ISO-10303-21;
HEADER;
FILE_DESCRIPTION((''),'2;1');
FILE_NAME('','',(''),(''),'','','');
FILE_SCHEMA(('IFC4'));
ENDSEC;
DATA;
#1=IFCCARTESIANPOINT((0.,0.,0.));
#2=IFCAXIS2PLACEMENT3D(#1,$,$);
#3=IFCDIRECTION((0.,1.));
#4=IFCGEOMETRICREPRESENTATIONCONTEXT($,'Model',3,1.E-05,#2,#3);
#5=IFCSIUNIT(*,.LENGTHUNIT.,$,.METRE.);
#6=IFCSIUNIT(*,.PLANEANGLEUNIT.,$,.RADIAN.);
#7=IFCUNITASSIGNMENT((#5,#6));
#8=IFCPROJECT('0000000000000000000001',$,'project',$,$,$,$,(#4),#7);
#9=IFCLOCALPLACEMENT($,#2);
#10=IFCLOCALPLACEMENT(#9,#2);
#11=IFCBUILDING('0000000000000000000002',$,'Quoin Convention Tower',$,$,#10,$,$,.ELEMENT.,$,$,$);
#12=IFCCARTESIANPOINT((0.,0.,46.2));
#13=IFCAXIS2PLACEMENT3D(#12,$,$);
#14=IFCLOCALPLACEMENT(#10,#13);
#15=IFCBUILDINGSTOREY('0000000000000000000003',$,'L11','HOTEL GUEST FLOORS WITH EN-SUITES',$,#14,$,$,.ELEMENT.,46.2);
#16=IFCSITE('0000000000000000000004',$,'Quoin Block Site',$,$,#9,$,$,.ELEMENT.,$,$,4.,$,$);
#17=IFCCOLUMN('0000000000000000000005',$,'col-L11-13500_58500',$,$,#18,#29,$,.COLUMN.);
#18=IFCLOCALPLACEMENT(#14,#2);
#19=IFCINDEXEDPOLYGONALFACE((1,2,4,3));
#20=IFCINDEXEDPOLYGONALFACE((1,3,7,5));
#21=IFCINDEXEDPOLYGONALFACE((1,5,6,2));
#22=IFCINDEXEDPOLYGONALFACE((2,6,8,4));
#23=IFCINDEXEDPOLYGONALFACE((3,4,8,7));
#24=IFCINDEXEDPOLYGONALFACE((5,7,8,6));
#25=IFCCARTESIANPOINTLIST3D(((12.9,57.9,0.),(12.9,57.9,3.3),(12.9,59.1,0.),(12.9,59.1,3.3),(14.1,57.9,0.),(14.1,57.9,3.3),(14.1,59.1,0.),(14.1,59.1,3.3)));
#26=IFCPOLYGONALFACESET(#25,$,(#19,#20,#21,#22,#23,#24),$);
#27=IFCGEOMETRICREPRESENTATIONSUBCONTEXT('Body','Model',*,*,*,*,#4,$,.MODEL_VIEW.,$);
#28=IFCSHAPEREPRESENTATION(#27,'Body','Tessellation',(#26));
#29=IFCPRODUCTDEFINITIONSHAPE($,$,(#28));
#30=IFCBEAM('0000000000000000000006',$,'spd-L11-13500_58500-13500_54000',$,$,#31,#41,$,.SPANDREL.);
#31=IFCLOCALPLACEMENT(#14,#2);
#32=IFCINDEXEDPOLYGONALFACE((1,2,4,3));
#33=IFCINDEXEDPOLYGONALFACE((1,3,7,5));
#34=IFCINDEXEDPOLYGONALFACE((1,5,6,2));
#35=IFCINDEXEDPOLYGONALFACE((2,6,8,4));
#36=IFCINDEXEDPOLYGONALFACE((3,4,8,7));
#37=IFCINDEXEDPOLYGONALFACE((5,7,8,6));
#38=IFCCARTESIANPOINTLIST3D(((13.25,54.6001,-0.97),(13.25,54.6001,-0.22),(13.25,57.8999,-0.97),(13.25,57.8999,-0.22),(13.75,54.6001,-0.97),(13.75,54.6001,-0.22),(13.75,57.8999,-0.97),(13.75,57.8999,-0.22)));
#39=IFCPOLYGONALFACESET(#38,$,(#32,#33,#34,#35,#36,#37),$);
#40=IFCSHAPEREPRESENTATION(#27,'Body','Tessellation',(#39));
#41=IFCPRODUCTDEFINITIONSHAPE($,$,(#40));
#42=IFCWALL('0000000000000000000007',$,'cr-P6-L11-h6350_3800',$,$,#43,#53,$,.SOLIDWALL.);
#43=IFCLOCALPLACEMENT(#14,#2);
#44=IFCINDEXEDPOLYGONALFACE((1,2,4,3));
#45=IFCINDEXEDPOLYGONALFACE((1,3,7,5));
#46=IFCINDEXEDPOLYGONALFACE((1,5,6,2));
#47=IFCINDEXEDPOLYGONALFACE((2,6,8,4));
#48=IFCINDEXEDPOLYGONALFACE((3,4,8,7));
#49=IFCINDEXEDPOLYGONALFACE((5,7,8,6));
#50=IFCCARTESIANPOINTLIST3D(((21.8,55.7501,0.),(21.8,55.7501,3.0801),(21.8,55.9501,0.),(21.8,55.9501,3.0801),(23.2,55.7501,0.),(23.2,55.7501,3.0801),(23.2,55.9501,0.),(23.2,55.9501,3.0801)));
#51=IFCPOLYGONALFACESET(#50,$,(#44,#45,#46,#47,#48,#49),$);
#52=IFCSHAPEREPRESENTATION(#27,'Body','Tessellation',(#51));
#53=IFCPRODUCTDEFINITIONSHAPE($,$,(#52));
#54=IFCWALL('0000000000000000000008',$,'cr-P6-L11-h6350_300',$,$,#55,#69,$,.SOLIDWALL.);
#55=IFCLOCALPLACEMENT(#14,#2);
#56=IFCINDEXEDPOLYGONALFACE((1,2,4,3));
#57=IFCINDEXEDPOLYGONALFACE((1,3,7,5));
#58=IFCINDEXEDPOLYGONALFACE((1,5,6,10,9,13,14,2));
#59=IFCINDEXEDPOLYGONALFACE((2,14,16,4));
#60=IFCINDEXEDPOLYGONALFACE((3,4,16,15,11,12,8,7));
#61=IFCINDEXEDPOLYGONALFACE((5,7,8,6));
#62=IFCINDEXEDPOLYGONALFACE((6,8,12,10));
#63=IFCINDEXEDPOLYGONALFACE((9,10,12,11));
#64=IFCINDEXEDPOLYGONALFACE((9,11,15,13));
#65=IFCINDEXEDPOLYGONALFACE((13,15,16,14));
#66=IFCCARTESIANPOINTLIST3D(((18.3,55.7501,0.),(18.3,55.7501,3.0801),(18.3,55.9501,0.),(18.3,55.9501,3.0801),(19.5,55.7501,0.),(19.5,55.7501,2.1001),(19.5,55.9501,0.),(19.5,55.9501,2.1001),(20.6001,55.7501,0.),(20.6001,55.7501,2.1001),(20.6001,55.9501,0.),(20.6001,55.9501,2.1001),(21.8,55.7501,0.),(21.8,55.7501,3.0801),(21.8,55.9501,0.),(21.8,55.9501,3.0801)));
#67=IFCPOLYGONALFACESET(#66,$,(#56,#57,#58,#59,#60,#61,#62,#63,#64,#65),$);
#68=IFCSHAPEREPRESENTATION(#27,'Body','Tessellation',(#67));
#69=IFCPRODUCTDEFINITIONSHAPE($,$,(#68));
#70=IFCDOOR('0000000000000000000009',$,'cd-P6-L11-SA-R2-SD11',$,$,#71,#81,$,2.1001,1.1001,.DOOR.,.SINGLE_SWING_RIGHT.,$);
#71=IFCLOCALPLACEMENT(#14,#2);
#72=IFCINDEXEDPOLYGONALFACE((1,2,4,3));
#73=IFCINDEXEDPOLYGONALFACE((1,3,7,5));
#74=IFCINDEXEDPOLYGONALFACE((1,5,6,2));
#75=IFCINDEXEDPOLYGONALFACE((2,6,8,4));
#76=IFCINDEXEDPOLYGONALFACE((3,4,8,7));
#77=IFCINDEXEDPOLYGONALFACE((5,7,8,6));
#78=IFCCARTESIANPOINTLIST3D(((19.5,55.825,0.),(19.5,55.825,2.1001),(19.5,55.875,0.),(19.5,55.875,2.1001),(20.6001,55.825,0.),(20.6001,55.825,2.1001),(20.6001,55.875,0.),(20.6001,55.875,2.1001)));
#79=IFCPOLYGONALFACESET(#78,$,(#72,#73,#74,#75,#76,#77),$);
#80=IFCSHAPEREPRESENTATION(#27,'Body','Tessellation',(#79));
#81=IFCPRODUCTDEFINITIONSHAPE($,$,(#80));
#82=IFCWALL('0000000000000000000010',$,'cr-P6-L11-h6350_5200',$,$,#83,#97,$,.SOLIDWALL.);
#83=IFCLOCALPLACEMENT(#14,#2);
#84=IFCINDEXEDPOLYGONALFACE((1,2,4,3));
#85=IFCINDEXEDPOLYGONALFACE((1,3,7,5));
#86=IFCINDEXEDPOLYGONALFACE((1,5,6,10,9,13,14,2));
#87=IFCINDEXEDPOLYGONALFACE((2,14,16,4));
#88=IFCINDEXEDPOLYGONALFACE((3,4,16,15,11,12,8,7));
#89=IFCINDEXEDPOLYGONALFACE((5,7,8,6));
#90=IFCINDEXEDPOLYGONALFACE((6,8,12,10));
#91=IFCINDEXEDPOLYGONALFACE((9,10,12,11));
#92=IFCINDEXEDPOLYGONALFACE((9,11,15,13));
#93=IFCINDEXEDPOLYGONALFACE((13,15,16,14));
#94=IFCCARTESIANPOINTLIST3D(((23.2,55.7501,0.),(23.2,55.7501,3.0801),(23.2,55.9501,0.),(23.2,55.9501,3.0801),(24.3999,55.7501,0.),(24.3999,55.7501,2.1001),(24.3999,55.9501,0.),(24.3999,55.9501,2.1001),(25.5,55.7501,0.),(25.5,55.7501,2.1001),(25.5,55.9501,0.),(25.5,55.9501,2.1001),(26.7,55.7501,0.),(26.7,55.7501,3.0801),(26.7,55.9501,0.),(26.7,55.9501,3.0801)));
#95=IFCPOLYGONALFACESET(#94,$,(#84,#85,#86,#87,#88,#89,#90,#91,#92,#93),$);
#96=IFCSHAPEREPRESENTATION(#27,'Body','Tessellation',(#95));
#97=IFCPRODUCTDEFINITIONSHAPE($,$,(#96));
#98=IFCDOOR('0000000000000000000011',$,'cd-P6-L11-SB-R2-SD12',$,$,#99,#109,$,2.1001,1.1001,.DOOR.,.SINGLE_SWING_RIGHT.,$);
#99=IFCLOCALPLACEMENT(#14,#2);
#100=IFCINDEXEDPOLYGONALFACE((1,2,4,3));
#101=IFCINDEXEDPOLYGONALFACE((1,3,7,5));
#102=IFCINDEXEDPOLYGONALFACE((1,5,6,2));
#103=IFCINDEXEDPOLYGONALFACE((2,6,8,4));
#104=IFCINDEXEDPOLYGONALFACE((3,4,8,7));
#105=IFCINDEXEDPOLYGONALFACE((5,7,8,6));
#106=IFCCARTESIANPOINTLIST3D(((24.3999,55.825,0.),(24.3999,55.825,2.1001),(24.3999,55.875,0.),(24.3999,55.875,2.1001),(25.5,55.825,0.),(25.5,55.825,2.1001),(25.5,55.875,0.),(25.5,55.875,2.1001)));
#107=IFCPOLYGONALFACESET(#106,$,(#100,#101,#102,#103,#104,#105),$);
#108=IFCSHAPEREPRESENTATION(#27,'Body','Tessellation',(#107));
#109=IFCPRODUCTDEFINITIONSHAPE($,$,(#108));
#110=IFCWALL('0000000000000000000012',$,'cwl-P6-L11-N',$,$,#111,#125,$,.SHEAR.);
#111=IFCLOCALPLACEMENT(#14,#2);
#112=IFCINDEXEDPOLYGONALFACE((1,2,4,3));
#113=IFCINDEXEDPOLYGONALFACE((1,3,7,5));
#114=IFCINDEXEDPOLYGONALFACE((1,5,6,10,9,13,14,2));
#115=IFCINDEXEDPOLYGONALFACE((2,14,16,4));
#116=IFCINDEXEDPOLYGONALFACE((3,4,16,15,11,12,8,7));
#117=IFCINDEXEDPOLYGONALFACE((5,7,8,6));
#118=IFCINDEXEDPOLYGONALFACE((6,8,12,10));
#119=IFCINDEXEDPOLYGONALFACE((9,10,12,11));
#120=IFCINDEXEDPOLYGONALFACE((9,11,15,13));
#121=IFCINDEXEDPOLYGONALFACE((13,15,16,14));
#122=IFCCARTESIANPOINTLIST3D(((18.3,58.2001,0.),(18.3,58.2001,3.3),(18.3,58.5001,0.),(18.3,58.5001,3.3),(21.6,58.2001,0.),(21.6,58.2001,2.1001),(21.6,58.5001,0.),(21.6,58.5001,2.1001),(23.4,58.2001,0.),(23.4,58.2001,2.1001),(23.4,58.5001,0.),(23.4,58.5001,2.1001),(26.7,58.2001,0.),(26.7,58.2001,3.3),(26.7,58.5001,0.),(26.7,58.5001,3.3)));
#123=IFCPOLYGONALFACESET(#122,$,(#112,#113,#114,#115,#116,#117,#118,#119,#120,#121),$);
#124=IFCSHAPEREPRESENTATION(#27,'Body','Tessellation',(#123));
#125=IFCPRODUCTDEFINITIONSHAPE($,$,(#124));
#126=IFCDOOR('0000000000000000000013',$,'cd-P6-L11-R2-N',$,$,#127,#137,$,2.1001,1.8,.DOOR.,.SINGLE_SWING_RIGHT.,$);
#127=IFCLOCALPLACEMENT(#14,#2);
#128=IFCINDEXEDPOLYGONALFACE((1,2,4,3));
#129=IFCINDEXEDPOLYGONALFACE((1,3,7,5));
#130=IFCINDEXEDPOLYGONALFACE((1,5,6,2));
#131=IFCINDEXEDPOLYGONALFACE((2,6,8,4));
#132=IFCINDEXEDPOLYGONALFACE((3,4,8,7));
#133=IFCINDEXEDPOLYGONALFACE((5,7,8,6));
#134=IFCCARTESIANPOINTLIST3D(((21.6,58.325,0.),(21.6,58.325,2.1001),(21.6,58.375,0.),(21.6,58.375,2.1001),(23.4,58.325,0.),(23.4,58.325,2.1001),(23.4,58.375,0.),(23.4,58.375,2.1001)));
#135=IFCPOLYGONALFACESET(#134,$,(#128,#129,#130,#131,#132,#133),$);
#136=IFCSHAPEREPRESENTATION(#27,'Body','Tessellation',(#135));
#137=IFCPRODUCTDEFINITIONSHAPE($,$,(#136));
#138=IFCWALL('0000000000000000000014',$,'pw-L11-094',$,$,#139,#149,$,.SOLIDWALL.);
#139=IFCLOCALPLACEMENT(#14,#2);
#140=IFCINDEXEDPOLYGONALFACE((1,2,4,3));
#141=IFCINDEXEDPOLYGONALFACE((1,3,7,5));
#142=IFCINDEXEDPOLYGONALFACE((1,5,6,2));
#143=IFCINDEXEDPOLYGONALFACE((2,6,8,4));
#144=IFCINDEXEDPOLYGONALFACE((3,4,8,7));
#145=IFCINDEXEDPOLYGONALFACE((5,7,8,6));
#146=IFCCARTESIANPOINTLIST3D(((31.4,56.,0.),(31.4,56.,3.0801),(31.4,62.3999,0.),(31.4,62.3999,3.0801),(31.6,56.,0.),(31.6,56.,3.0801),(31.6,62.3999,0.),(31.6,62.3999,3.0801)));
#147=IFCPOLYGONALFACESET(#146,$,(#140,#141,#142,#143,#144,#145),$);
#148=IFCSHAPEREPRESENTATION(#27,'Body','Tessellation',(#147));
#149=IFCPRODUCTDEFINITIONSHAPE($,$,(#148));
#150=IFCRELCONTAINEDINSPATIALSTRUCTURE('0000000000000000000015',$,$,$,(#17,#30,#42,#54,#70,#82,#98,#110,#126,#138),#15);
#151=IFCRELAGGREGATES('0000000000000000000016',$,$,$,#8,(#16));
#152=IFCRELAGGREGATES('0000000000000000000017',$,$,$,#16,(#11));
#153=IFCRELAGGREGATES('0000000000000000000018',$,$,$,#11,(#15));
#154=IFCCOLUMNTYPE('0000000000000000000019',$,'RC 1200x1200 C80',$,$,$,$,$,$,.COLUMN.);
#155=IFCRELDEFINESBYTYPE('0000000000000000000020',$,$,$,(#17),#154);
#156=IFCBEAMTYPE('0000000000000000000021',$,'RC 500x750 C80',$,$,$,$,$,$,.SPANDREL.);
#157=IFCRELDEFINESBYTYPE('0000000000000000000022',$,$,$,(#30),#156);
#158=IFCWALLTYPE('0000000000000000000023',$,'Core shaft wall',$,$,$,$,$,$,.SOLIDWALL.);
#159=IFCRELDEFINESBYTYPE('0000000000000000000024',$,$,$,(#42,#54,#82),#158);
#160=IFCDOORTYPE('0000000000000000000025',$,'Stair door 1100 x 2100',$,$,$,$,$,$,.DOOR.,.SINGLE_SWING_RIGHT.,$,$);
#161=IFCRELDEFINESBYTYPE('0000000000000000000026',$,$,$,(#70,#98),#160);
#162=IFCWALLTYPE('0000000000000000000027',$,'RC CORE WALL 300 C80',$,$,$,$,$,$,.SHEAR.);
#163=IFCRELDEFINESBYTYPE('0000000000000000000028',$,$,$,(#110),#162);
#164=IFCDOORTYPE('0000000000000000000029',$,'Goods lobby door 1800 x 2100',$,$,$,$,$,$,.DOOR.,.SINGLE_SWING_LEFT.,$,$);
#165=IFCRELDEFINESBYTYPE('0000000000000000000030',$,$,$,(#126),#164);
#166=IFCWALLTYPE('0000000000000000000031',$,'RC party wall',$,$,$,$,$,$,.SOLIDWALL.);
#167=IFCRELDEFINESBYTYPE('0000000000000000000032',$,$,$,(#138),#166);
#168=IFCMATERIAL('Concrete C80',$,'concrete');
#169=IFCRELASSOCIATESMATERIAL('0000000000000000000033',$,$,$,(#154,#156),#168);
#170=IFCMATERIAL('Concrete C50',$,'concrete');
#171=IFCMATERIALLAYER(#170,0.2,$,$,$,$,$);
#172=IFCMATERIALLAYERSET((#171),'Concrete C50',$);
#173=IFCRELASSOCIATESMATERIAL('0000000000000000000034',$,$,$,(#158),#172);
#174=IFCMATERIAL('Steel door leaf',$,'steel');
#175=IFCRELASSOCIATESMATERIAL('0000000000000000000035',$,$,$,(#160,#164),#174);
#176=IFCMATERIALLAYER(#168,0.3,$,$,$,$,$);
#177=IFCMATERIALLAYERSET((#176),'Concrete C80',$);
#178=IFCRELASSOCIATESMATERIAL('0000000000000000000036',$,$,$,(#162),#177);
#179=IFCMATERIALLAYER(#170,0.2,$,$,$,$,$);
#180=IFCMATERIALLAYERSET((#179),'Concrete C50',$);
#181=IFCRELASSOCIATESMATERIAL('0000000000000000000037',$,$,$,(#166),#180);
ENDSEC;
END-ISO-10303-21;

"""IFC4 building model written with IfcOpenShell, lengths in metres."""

from ifc_helpers import new_model, si_unit, direction, frame, frame_2d, origin, origin_2d, place, context, subcontext, project, spatial, rectangle, extrude, material, layer, layer_set, material_profile, profile_set, type_object, element, fill, save


model = new_model("IFC4")

# Units and contexts
model_context = context("Model", 3, precision=1e-05, world=origin(), true_north=direction((0.0, 1.0)))
body_context = subcontext(model_context, "Body", "Model", "MODEL_VIEW")
ifc_project = project(units=[si_unit("LENGTHUNIT", "METRE"), si_unit("PLANEANGLEUNIT", "RADIAN")], contexts=[model_context])

# Site, building, storey
site_placement = place(None, origin())
site = spatial("IfcSite", under=ifc_project, at=site_placement, Name="Quoin Block Site", CompositionType="ELEMENT", RefElevation=4.0)
building_placement = place(site_placement, origin())
building = spatial("IfcBuilding", under=site, at=building_placement, Name="Quoin Convention Tower", CompositionType="ELEMENT")
storey_placement = place(building_placement, frame((0.0, 0.0, 46.2)))
storey = spatial("IfcBuildingStorey", under=building, at=storey_placement, Name="L11", Description="HOTEL GUEST FLOORS WITH EN-SUITES", CompositionType="ELEMENT", Elevation=46.2)

# Column
ifc_material_1 = material(Name="Concrete C80", Category="concrete")
ifc_material_profile_1 = material_profile(ifc_material_1, rectangle(XDim=1.2, YDim=1.2, at=origin_2d()), Name="RC 1200x1200")
ifc_profile_set_1 = profile_set([ifc_material_profile_1], Name="Concrete C80")
column_type = type_object("IfcColumnType", Name="RC 1200x1200 C80", PredefinedType="COLUMN", material=ifc_profile_set_1)
column_placement = place(storey_placement, frame((13.5, 58.5, 0.0), z_axis=(0.0, 0.0, 1.0), x_axis=(1.0, 0.0, 0.0)))
element("IfcColumn", 1, at=column_placement, inside=storey, type_object=column_type, Name="col-L11-13500_58500", PredefinedType="COLUMN", context=body_context, shape_type="SweptSolid", body=[
    extrude(rectangle(XDim=1.2, YDim=1.2, at=origin_2d()), origin(), (0.0, 0.0, 1.0), 3.3),
])

# Beam
ifc_material_profile_2 = material_profile(ifc_material_1, rectangle(XDim=0.5, YDim=0.75, at=origin_2d()), Name="RC 500x750")
ifc_profile_set_2 = profile_set([ifc_material_profile_2], Name="Concrete C80")
beam_type = type_object("IfcBeamType", Name="RC 500x750 C80", PredefinedType="SPANDREL", material=ifc_profile_set_2)
beam_placement = place(storey_placement, frame((13.5, 57.8999, -0.595), z_axis=(0.0, -1.0, 0.0), x_axis=(1.0, 0.0, 0.0)))
element("IfcBeam", 2, at=beam_placement, inside=storey, type_object=beam_type, Name="spd-L11-13500_58500-13500_54000", PredefinedType="SPANDREL", context=body_context, shape_type="SweptSolid", body=[
    extrude(rectangle(XDim=0.5, YDim=0.75, at=origin_2d()), origin(), (0.0, 0.0, 1.0), 3.2998),
])

# Wall
ifc_material_2 = material(Name="Concrete C50", Category="concrete")
ifc_layer_1 = layer(ifc_material_2, 0.2)
ifc_layer_set_1 = layer_set([ifc_layer_1], Name="Concrete C50")
wall_type_1 = type_object("IfcWallType", Name="Core shaft wall", PredefinedType="SOLIDWALL", material=ifc_layer_set_1)
wall_1_placement = place(storey_placement, frame((21.8, 55.8501, 0.0), z_axis=(0.0, 0.0, 1.0), x_axis=(1.0, 0.0, 0.0)))
element("IfcWall", 3, at=wall_1_placement, inside=storey, type_object=wall_type_1, Name="cr-P6-L11-h6350_3800", PredefinedType="SOLIDWALL", context=body_context, shape_type="SweptSolid", body=[
    extrude(rectangle(XDim=1.3999, YDim=0.2, at=frame_2d((0.7, 0.0))), origin(), (0.0, 0.0, 1.0), 3.0801),
])

# Walls, openings, doors
wall_2_placement = place(storey_placement, frame((18.3, 55.8501, 0.0), z_axis=(0.0, 0.0, 1.0), x_axis=(1.0, 0.0, 0.0)))
wall_2 = element("IfcWall", 4, at=wall_2_placement, inside=storey, type_object=wall_type_1, Name="cr-P6-L11-h6350_300", PredefinedType="SOLIDWALL", context=body_context, shape_type="SweptSolid", body=[
    extrude(rectangle(XDim=3.5, YDim=0.2, at=frame_2d((1.75, 0.0))), origin(), (0.0, 0.0, 1.0), 3.0801),
])
opening_1_placement = place(wall_2_placement, frame((1.2, 0.0, 0.0)))
opening_1 = element("IfcOpeningElement", 5, at=opening_1_placement, cuts=wall_2, PredefinedType="OPENING", context=body_context, shape_type="SweptSolid", body=[
    extrude(rectangle(XDim=1.1001, YDim=2.1001, at=frame_2d((0.55, 1.05))), frame((0.0, 0.1099, 0.0), z_axis=(0.0, -1.0, 0.0), x_axis=(1.0, 0.0, 0.0)), (0.0, 0.0, 1.0), 0.22),
])
ifc_material_3 = material(Name="Steel door leaf", Category="steel")
door_type_1 = type_object("IfcDoorType", Name="Stair door 1100 x 2100", OperationType="SINGLE_SWING_RIGHT", PredefinedType="DOOR", material=ifc_material_3)
door_1_placement = place(opening_1_placement, origin())
door_1 = element("IfcDoor", 6, at=door_1_placement, inside=storey, type_object=door_type_1, Name="cd-P6-L11-SA-R2-SD11", OperationType="SINGLE_SWING_RIGHT", OverallHeight=2.1001, OverallWidth=1.1001, PredefinedType="DOOR", context=body_context, shape_type="SweptSolid", body=[
    extrude(rectangle(XDim=1.1001, YDim=2.1001, at=frame_2d((0.55, 1.05))), frame((0.0, 0.0249, 0.0), z_axis=(0.0, -1.0, 0.0), x_axis=(1.0, 0.0, 0.0)), (0.0, 0.0, 1.0), 0.05),
])
fill(opening_1, door_1)
wall_3_placement = place(storey_placement, frame((23.2, 55.8501, 0.0), z_axis=(0.0, 0.0, 1.0), x_axis=(1.0, 0.0, 0.0)))
wall_3 = element("IfcWall", 7, at=wall_3_placement, inside=storey, type_object=wall_type_1, Name="cr-P6-L11-h6350_5200", PredefinedType="SOLIDWALL", context=body_context, shape_type="SweptSolid", body=[
    extrude(rectangle(XDim=3.5, YDim=0.2, at=frame_2d((1.75, 0.0))), origin(), (0.0, 0.0, 1.0), 3.0801),
])
opening_2_placement = place(wall_3_placement, frame((1.2, 0.0, 0.0)))
opening_2 = element("IfcOpeningElement", 8, at=opening_2_placement, cuts=wall_3, PredefinedType="OPENING", context=body_context, shape_type="SweptSolid", body=[
    extrude(rectangle(XDim=1.1001, YDim=2.1001, at=frame_2d((0.55, 1.05))), frame((0.0, 0.1099, 0.0), z_axis=(0.0, -1.0, 0.0), x_axis=(1.0, 0.0, 0.0)), (0.0, 0.0, 1.0), 0.22),
])
door_2_placement = place(opening_2_placement, origin())
door_2 = element("IfcDoor", 9, at=door_2_placement, inside=storey, type_object=door_type_1, Name="cd-P6-L11-SB-R2-SD12", OperationType="SINGLE_SWING_RIGHT", OverallHeight=2.1001, OverallWidth=1.1001, PredefinedType="DOOR", context=body_context, shape_type="SweptSolid", body=[
    extrude(rectangle(XDim=1.1001, YDim=2.1001, at=frame_2d((0.55, 1.05))), frame((0.0, 0.0249, 0.0), z_axis=(0.0, -1.0, 0.0), x_axis=(1.0, 0.0, 0.0)), (0.0, 0.0, 1.0), 0.05),
])
fill(opening_2, door_2)
ifc_layer_2 = layer(ifc_material_1, 0.3)
ifc_layer_set_2 = layer_set([ifc_layer_2], Name="Concrete C80")
wall_type_2 = type_object("IfcWallType", Name="RC CORE WALL 300 C80", PredefinedType="SHEAR", material=ifc_layer_set_2)
wall_4_placement = place(storey_placement, frame((18.3, 58.3501, 0.0), z_axis=(0.0, 0.0, 1.0), x_axis=(1.0, 0.0, 0.0)))
wall_4 = element("IfcWall", 10, at=wall_4_placement, inside=storey, type_object=wall_type_2, Name="cwl-P6-L11-N", PredefinedType="SHEAR", context=body_context, shape_type="SweptSolid", body=[
    extrude(rectangle(XDim=8.3999, YDim=0.3, at=frame_2d((4.2, 0.0))), origin(), (0.0, 0.0, 1.0), 3.3),
])
opening_3_placement = place(wall_4_placement, frame((3.3, 0.0, 0.0)))
opening_3 = element("IfcOpeningElement", 11, at=opening_3_placement, cuts=wall_4, PredefinedType="OPENING", context=body_context, shape_type="SweptSolid", body=[
    extrude(rectangle(XDim=1.8, YDim=2.1001, at=frame_2d((0.8999, 1.05))), frame((0.0, 0.1599, 0.0), z_axis=(0.0, -1.0, 0.0), x_axis=(1.0, 0.0, 0.0)), (0.0, 0.0, 1.0), 0.3201),
])
door_type_2 = type_object("IfcDoorType", Name="Goods lobby door 1800 x 2100", OperationType="SINGLE_SWING_LEFT", PredefinedType="DOOR", material=ifc_material_3)
door_3_placement = place(opening_3_placement, origin())
door_3 = element("IfcDoor", 12, at=door_3_placement, inside=storey, type_object=door_type_2, Name="cd-P6-L11-R2-N", OperationType="SINGLE_SWING_RIGHT", OverallHeight=2.1001, OverallWidth=1.8, PredefinedType="DOOR", context=body_context, shape_type="SweptSolid", body=[
    extrude(rectangle(XDim=1.8, YDim=2.1001, at=frame_2d((0.8999, 1.05))), frame((0.0, 0.0249, 0.0), z_axis=(0.0, -1.0, 0.0), x_axis=(1.0, 0.0, 0.0)), (0.0, 0.0, 1.0), 0.05),
])
fill(opening_3, door_3)

# Wall
ifc_layer_3 = layer(ifc_material_2, 0.2)
ifc_layer_set_3 = layer_set([ifc_layer_3], Name="Concrete C50")
wall_type_3 = type_object("IfcWallType", Name="RC party wall", PredefinedType="SOLIDWALL", material=ifc_layer_set_3)
wall_5_placement = place(storey_placement, frame((31.5, 56.0, 0.0), z_axis=(0.0, 0.0, 1.0), x_axis=(0.0, 1.0, 0.0)))
element("IfcWall", 13, at=wall_5_placement, inside=storey, type_object=wall_type_3, Name="pw-L11-094", PredefinedType="SOLIDWALL", context=body_context, shape_type="SweptSolid", body=[
    extrude(rectangle(XDim=6.3999, YDim=0.2, at=frame_2d((3.2, 0.0))), origin(), (0.0, 0.0, 1.0), 3.0801),
])

save(model, "model.ifc")
